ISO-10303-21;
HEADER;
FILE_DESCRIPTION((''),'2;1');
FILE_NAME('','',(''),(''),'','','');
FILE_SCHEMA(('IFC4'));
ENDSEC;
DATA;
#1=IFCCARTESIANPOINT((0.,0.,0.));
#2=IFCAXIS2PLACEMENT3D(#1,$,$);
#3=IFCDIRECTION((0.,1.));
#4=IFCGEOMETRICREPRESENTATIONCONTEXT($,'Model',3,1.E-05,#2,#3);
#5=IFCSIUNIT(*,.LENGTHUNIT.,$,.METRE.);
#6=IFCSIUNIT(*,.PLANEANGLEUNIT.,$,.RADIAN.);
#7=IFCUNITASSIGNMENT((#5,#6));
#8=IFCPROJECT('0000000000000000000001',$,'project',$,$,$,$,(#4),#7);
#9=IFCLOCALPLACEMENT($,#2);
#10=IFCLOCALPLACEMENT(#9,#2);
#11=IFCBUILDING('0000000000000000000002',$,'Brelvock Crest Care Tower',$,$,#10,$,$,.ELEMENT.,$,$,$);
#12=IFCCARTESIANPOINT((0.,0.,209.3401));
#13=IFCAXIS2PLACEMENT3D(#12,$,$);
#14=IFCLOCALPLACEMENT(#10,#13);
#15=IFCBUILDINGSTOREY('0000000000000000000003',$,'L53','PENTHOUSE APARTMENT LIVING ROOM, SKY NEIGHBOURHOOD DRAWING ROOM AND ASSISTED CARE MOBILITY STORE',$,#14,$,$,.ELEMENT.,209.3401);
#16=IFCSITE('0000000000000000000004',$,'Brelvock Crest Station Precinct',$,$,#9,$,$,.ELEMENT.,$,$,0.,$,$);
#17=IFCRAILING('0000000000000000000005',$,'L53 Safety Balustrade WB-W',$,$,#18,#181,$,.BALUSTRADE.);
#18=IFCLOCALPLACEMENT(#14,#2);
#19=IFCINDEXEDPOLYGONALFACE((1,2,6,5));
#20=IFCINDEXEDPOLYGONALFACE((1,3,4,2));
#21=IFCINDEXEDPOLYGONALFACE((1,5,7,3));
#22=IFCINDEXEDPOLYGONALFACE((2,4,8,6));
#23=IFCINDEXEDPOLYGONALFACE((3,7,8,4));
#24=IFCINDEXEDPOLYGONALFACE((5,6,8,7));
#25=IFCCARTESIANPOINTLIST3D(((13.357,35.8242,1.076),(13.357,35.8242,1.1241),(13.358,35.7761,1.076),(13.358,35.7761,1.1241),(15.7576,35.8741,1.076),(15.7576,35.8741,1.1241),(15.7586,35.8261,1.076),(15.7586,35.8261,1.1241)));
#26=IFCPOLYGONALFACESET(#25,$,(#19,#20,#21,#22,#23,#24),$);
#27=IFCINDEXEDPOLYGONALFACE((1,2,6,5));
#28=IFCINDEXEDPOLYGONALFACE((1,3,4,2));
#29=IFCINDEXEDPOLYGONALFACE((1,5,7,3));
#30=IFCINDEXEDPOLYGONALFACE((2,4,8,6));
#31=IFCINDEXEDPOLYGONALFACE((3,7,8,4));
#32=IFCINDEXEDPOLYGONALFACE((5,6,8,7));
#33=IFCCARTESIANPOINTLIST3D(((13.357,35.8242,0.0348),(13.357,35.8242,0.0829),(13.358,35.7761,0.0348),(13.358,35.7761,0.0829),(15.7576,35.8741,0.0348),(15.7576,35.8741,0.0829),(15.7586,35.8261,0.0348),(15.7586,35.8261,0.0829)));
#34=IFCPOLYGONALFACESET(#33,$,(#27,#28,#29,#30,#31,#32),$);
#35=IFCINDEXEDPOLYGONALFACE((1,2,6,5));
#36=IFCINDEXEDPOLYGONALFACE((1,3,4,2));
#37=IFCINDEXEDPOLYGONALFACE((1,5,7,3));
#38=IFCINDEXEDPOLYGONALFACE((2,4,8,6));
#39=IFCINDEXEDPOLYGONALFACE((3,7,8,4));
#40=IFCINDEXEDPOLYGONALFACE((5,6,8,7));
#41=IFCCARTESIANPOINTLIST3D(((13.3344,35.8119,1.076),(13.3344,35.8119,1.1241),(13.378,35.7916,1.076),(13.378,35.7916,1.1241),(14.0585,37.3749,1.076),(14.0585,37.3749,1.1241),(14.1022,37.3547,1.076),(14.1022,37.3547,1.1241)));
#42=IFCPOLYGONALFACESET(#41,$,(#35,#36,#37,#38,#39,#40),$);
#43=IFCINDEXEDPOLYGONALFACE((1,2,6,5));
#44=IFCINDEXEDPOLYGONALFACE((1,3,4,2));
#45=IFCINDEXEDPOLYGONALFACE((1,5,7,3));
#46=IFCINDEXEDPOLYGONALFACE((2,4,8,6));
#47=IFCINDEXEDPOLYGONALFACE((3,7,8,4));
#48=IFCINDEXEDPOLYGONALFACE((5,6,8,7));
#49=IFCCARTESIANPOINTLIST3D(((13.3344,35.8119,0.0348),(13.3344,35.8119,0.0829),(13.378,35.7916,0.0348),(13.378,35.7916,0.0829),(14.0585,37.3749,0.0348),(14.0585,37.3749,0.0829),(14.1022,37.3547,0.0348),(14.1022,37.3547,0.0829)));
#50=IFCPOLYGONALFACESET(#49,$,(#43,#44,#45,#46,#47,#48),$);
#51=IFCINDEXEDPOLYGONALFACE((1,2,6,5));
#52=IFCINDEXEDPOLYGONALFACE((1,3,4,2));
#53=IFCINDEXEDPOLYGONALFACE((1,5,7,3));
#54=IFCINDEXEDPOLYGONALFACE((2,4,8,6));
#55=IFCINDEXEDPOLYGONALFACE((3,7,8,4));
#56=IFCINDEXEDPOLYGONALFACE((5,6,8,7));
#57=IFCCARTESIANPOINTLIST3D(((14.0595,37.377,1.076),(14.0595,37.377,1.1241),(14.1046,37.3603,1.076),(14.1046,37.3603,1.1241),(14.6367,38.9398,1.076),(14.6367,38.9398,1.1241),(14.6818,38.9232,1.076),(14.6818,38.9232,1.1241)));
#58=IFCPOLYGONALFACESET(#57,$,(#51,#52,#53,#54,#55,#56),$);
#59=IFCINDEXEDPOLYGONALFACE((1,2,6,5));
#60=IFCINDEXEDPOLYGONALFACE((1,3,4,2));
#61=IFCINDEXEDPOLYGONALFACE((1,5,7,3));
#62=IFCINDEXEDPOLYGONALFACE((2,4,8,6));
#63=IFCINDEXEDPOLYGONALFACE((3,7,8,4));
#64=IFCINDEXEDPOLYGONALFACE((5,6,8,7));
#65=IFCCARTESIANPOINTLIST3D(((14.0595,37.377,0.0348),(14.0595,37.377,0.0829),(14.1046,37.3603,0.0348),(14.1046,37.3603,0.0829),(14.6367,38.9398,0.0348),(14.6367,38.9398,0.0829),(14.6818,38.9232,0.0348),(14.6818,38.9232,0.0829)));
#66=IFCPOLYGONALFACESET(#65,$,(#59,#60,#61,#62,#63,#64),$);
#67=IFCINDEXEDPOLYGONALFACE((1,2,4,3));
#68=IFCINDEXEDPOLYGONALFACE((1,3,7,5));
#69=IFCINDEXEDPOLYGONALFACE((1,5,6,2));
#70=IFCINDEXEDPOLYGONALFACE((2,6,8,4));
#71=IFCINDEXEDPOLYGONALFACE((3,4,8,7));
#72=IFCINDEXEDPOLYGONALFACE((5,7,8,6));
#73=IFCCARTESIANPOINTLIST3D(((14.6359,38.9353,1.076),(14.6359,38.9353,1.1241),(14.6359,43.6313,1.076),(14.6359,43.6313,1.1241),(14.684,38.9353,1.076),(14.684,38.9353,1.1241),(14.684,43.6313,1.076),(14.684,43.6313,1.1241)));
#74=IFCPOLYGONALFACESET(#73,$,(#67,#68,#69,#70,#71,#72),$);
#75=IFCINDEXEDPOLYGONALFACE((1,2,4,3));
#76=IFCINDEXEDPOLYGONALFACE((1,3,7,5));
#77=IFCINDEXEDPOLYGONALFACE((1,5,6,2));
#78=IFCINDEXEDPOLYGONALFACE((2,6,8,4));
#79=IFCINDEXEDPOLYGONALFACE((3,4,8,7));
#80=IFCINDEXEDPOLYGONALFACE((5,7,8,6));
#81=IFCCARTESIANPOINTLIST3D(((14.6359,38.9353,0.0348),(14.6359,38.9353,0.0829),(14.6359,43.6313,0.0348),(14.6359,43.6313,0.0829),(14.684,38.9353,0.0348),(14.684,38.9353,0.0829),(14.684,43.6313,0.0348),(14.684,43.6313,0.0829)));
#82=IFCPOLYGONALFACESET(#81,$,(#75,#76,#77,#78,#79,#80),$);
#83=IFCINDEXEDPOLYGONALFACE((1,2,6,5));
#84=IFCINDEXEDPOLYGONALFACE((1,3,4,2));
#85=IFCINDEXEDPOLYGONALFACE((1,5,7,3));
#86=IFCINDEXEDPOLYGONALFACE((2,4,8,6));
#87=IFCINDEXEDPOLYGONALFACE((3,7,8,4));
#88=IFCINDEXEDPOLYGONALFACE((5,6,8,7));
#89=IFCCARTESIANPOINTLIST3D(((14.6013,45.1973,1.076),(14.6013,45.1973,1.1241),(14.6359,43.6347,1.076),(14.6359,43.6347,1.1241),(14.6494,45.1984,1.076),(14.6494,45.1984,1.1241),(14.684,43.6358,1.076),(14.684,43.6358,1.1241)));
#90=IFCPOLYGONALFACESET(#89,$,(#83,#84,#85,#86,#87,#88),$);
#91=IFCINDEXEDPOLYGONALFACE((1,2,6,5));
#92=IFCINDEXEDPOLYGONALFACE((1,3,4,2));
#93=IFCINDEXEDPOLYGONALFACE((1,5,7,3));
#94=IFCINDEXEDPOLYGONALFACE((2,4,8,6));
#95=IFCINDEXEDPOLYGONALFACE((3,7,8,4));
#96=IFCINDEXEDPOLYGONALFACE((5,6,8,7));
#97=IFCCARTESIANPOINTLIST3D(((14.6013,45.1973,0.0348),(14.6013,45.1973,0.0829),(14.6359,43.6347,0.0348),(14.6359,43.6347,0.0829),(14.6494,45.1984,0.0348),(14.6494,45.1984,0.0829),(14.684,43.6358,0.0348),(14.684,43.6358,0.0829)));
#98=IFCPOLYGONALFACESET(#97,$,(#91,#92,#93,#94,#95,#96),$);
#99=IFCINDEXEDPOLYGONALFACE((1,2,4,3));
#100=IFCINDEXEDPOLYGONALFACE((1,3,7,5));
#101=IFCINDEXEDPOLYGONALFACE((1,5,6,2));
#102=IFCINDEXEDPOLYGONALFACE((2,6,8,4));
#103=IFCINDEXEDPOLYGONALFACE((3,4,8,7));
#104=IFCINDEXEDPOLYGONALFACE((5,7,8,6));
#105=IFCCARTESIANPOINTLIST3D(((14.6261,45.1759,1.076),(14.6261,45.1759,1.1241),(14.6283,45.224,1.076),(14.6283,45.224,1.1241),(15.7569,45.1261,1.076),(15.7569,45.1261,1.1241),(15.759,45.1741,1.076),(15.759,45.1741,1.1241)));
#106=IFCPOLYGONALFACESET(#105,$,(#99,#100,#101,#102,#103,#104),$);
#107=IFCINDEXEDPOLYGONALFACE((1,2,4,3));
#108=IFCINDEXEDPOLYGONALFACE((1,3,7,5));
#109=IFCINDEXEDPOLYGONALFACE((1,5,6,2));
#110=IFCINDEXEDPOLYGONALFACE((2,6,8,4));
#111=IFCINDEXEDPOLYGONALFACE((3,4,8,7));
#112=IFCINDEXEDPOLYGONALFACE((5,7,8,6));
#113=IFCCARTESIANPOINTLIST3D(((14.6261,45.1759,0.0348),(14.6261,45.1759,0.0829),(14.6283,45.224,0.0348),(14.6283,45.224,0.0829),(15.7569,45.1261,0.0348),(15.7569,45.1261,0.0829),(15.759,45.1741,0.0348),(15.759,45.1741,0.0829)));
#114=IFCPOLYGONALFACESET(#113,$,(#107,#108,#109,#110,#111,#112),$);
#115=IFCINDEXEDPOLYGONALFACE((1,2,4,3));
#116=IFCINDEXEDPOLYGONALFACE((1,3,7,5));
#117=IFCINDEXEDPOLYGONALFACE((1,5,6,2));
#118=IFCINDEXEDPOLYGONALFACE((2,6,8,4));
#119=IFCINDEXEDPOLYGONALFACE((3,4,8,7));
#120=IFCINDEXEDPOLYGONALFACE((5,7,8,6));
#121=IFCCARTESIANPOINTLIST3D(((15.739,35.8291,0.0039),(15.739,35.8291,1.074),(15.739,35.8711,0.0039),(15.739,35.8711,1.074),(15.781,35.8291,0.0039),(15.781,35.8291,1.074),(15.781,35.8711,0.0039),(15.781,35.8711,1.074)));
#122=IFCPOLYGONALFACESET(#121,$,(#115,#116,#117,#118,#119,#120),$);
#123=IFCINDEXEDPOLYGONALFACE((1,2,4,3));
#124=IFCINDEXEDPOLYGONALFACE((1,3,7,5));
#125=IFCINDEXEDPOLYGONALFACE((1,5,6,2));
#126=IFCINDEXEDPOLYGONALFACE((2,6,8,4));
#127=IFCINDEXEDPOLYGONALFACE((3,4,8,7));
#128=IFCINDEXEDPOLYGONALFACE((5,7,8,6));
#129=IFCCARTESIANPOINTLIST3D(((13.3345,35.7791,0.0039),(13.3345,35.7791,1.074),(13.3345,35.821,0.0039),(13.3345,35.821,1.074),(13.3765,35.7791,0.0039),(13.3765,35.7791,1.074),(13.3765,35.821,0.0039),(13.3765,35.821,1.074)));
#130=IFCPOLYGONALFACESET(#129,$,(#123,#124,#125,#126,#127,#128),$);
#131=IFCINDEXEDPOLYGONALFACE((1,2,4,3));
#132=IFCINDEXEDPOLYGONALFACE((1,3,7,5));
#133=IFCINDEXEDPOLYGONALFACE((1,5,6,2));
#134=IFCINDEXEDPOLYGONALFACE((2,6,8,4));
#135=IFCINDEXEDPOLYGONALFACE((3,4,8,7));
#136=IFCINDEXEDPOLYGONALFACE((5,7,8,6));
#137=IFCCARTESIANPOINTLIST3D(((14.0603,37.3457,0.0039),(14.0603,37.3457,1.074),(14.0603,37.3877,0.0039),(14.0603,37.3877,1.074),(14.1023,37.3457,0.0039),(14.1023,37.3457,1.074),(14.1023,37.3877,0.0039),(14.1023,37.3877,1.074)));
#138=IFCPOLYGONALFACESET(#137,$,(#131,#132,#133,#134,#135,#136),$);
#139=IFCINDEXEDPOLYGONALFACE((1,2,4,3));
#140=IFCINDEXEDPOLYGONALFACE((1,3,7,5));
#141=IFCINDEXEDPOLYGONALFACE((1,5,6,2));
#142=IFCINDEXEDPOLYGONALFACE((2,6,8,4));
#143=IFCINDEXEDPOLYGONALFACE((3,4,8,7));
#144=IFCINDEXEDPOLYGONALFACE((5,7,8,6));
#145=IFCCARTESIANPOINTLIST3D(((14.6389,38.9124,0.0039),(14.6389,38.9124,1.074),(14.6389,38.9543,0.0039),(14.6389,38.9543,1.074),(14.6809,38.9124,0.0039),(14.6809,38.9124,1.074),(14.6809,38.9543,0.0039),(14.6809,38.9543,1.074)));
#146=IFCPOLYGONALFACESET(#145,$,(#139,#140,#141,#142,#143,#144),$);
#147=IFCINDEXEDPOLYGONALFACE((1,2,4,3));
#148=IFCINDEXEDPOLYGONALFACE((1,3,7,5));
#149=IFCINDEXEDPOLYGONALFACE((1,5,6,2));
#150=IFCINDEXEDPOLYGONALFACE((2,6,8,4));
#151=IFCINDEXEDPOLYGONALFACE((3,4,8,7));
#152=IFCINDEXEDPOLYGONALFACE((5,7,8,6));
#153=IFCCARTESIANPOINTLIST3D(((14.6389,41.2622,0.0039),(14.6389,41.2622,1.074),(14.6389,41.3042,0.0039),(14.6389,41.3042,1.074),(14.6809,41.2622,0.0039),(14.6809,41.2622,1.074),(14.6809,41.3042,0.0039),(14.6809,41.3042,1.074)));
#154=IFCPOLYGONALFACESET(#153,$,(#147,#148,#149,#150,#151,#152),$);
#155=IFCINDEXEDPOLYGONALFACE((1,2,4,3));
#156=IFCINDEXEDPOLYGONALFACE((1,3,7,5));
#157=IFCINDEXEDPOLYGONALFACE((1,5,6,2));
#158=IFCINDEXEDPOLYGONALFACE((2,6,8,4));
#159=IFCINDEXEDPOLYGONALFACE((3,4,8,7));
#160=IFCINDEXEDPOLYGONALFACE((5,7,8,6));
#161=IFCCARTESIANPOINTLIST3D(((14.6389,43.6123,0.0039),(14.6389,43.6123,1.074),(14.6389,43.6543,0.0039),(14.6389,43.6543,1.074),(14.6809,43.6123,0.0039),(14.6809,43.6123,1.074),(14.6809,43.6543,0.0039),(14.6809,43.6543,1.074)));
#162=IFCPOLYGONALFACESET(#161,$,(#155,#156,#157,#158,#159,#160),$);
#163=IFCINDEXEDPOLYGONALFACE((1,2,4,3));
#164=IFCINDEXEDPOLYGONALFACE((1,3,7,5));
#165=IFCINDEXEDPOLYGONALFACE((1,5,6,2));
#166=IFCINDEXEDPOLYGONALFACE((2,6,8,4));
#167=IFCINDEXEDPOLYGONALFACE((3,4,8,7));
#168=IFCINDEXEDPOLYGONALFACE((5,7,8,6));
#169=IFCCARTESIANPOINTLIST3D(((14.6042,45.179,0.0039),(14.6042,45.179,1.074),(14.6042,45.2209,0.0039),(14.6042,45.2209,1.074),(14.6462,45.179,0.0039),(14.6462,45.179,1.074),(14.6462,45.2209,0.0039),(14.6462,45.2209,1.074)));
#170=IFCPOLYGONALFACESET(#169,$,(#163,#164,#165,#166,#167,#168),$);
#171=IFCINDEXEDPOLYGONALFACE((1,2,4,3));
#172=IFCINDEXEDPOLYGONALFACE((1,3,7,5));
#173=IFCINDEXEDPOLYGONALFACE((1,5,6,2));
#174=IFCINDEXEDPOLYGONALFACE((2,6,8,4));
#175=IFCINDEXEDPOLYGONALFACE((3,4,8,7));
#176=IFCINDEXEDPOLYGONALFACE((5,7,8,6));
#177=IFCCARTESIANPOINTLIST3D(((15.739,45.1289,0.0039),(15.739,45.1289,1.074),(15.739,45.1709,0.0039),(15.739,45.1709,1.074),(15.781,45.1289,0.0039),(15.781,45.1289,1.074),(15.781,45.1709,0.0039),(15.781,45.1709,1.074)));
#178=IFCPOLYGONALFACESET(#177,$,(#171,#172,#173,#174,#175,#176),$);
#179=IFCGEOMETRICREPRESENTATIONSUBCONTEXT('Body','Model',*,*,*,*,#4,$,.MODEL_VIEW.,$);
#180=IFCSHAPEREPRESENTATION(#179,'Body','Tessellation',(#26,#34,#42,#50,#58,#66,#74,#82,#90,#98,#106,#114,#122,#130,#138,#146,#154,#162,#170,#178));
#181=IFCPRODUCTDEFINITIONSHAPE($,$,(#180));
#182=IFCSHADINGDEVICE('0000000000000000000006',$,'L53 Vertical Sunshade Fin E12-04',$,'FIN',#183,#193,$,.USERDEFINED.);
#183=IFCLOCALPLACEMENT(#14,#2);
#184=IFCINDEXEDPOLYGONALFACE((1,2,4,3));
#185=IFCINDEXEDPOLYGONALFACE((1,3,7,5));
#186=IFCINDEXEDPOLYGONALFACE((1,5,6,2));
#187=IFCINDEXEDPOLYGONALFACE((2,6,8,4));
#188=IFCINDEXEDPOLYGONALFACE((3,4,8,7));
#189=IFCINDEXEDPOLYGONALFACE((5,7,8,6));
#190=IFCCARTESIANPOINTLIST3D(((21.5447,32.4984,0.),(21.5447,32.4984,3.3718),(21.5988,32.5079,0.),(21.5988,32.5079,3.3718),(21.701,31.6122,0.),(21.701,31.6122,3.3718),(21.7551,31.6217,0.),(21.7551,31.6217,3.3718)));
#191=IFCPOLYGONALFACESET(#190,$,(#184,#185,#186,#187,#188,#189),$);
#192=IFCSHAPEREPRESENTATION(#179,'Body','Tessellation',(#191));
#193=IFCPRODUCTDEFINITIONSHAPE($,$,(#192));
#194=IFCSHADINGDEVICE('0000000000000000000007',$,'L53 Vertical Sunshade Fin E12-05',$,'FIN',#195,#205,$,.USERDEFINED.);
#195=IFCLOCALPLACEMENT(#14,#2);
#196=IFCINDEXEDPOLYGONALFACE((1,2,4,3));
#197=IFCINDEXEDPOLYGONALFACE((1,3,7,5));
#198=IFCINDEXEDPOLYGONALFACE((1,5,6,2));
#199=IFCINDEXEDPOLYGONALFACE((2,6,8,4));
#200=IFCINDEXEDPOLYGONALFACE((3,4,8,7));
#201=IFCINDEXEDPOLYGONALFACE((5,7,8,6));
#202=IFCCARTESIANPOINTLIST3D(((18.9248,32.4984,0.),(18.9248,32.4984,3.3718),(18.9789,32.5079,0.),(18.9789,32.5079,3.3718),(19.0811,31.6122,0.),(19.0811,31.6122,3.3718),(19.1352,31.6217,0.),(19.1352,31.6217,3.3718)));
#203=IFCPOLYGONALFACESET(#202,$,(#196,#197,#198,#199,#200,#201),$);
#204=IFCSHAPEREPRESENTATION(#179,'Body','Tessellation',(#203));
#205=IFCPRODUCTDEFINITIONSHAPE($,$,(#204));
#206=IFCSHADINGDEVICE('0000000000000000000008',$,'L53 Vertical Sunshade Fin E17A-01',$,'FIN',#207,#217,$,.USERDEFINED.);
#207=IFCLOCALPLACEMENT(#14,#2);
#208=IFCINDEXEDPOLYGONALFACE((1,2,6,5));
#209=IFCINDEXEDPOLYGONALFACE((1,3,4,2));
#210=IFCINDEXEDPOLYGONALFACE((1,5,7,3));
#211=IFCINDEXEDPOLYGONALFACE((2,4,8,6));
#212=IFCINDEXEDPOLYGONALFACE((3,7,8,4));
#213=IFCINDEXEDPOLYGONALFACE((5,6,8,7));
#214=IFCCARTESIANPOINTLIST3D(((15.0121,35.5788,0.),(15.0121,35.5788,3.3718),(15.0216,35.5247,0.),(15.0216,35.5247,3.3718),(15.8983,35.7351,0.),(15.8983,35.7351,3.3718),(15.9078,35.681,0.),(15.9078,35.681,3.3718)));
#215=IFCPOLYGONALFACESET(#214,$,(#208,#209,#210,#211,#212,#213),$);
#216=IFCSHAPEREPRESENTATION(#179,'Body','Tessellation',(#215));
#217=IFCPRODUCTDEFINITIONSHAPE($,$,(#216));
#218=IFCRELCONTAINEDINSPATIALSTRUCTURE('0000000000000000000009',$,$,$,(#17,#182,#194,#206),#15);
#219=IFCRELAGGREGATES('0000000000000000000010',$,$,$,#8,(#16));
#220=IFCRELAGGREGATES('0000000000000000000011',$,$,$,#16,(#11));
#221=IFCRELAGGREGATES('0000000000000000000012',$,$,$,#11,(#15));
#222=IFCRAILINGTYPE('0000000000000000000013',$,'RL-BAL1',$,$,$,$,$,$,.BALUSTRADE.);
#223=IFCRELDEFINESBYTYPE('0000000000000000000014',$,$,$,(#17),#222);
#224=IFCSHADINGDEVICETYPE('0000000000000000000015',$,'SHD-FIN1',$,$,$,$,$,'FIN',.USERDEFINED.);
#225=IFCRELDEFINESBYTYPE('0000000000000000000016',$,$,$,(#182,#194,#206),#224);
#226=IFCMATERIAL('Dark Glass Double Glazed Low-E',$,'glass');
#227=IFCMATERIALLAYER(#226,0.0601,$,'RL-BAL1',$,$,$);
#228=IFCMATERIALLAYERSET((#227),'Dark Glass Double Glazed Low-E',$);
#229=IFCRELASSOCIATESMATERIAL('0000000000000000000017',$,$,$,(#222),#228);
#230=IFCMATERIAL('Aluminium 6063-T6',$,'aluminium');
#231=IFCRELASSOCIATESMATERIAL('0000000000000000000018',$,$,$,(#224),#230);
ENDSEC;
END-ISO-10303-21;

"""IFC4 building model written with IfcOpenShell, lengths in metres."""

from ifc_helpers import new_model, si_unit, direction, frame, origin, origin_2d, place, context, subcontext, project, spatial, rectangle, extrude, source, transform, mapped, material, layer, layer_set, material_profile, profile_set, type_object, element, save


model = new_model("IFC4")

# Units and contexts
model_context = context("Model", 3, precision=1e-05, world=origin(), true_north=direction((0.0, 1.0)))
body_context = subcontext(model_context, "Body", "Model", "MODEL_VIEW")
ifc_project = project(units=[si_unit("LENGTHUNIT", "METRE"), si_unit("PLANEANGLEUNIT", "RADIAN")], contexts=[model_context])

# Site, building, storey
site_placement = place(None, origin())
site = spatial("IfcSite", under=ifc_project, at=site_placement, Name="Brelvock Crest Station Precinct", CompositionType="ELEMENT", RefElevation=0.0)
building_placement = place(site_placement, origin())
building = spatial("IfcBuilding", under=site, at=building_placement, Name="Brelvock Crest Care Tower", CompositionType="ELEMENT")
storey_placement = place(building_placement, frame((0.0, 0.0, 209.3401)))
storey = spatial("IfcBuildingStorey", under=building, at=storey_placement, Name="L53", Description="PENTHOUSE APARTMENT LIVING ROOM, SKY NEIGHBOURHOOD DRAWING ROOM AND ASSISTED CARE MOBILITY STORE", CompositionType="ELEMENT", Elevation=209.3401)

# Shared definitions
ifc_material_1 = material(Name="Dark Glass Double Glazed Low-E", Category="glass")
ifc_material_2 = material(Name="Aluminium 6063-T6", Category="aluminium")

# Railing
ifc_layer_1 = layer(ifc_material_1, 0.0601, Name="RL-BAL1")
ifc_layer_set_1 = layer_set([ifc_layer_1], Name="Dark Glass Double Glazed Low-E")
railing_type = type_object("IfcRailingType", Name="RL-BAL1", PredefinedType="BALUSTRADE", material=ifc_layer_set_1)
railing_placement = place(storey_placement, frame((15.76, 35.8501, 0.0039)))
element("IfcRailing", 1, at=railing_placement, inside=storey, type_object=railing_type, Name="L53 Safety Balustrade WB-W", PredefinedType="BALUSTRADE", context=body_context, shape_type="SweptSolid", body=[
    extrude(rectangle(XDim=0.0481, YDim=0.0481, at=origin_2d()), frame((-0.002, 0.0, 1.0962), z_axis=(-0.999783, -0.02081, 0.0), x_axis=(0.02081, -0.999783, 0.0)), (0.0, 0.0, 1.0), 2.4011),
    extrude(rectangle(XDim=0.0481, YDim=0.0481, at=origin_2d()), frame((-0.002, 0.0, 0.0549), z_axis=(-0.999783, -0.02081, 0.0), x_axis=(0.02081, -0.999783, 0.0)), (0.0, 0.0, 1.0), 2.4011),
    extrude(rectangle(XDim=0.0481, YDim=0.0481, at=origin_2d()), frame((-2.4038, -0.0483, 1.0962), z_axis=(0.420376, 0.90735, 0.0), x_axis=(-0.90735, 0.420376, 0.0)), (0.0, 0.0, 1.0), 1.7227),
    extrude(rectangle(XDim=0.0481, YDim=0.0481, at=origin_2d()), frame((-2.4038, -0.0483, 0.0549), z_axis=(0.420376, 0.90735, 0.0), x_axis=(-0.90735, 0.420376, 0.0)), (0.0, 0.0, 1.0), 1.7227),
    extrude(rectangle(XDim=0.0481, YDim=0.0481, at=origin_2d()), frame((-1.678, 1.5186, 1.0962), z_axis=(0.346457, 0.938066, 0.0), x_axis=(-0.938066, 0.346457, 0.0)), (0.0, 0.0, 1.0), 1.666),
    extrude(rectangle(XDim=0.0481, YDim=0.0481, at=origin_2d()), frame((-1.678, 1.5186, 0.0549), z_axis=(0.346457, 0.938066, 0.0), x_axis=(-0.938066, 0.346457, 0.0)), (0.0, 0.0, 1.0), 1.666),
    extrude(rectangle(XDim=0.0481, YDim=0.0481, at=origin_2d()), frame((-1.1001, 3.0852, 1.0962), z_axis=(0.0, 1.0, 0.0), x_axis=(-1.0, 0.0, 0.0)), (0.0, 0.0, 1.0), 4.696),
    extrude(rectangle(XDim=0.0481, YDim=0.0481, at=origin_2d()), frame((-1.1001, 3.0852, 0.0549), z_axis=(0.0, 1.0, 0.0), x_axis=(-1.0, 0.0, 0.0)), (0.0, 0.0, 1.0), 4.696),
    extrude(rectangle(XDim=0.0481, YDim=0.0481, at=origin_2d()), frame((-1.1001, 7.7852, 1.0962), z_axis=(-0.022123, 0.999755, 0.0), x_axis=(-0.999755, -0.022123, 0.0)), (0.0, 0.0, 1.0), 1.563),
    extrude(rectangle(XDim=0.0481, YDim=0.0481, at=origin_2d()), frame((-1.1001, 7.7852, 0.0549), z_axis=(-0.022123, 0.999755, 0.0), x_axis=(-0.999755, -0.022123, 0.0)), (0.0, 0.0, 1.0), 1.563),
    extrude(rectangle(XDim=0.0481, YDim=0.0481, at=origin_2d()), frame((-1.1328, 9.3499, 1.0962), z_axis=(0.999029, -0.044062, 0.0), x_axis=(0.044062, 0.999029, 0.0)), (0.0, 0.0, 1.0), 1.1318),
    extrude(rectangle(XDim=0.0481, YDim=0.0481, at=origin_2d()), frame((-1.1328, 9.3499, 0.0549), z_axis=(0.999029, -0.044062, 0.0), x_axis=(0.044062, 0.999029, 0.0)), (0.0, 0.0, 1.0), 1.1318),
    extrude(rectangle(XDim=0.042, YDim=0.042, at=origin_2d()), origin(), (0.0, 0.0, 1.0), 1.0701),
    extrude(rectangle(XDim=0.042, YDim=0.042, at=origin_2d()), frame((-2.4045, -0.05, 0.0)), (0.0, 0.0, 1.0), 1.0701),
    extrude(rectangle(XDim=0.042, YDim=0.042, at=origin_2d()), frame((-1.6787, 1.5166, 0.0)), (0.0, 0.0, 1.0), 1.0701),
    extrude(rectangle(XDim=0.042, YDim=0.042, at=origin_2d()), frame((-1.1001, 3.0833, 0.0)), (0.0, 0.0, 1.0), 1.0701),
    extrude(rectangle(XDim=0.042, YDim=0.042, at=origin_2d()), frame((-1.1001, 5.4331, 0.0)), (0.0, 0.0, 1.0), 1.0701),
    extrude(rectangle(XDim=0.042, YDim=0.042, at=origin_2d()), frame((-1.1001, 7.7832, 0.0)), (0.0, 0.0, 1.0), 1.0701),
    extrude(rectangle(XDim=0.042, YDim=0.042, at=origin_2d()), frame((-1.1348, 9.3499, 0.0)), (0.0, 0.0, 1.0), 1.0701),
    extrude(rectangle(XDim=0.042, YDim=0.042, at=origin_2d()), frame((0.0, 9.2998, 0.0)), (0.0, 0.0, 1.0), 1.0701),
])

# Shading devices
ifc_material_profile_1 = material_profile(ifc_material_2, rectangle(XDim=0.0549, YDim=0.8999, at=origin_2d()), Name="FIN55x900")
ifc_profile_set_1 = profile_set([ifc_material_profile_1], Name="Aluminium 6063-T6")
shading_device_type = type_object("IfcShadingDeviceType", Name="SHD-FIN1", ElementType="FIN", PredefinedType="USERDEFINED", material=ifc_profile_set_1)
shared_shape_1 = source(origin(), body_context, "Body", "SweptSolid", [
    extrude(rectangle(XDim=0.0549, YDim=0.8999, at=origin_2d()), origin(), (0.0, 0.0, 1.0), 3.3718),
])
for number, where, z_axis, x_axis, name in (
    (2, (21.6499, 32.0601, 0.0), (0.0, 0.0, 1.0), (-0.984808, -0.173648, 0.0), "L53 Vertical Sunshade Fin E12-04"),
    (3, (19.03, 32.0601, 0.0), (0.0, 0.0, 1.0), (-0.984808, -0.173648, 0.0), "L53 Vertical Sunshade Fin E12-05"),
    (4, (15.46, 35.6299, 0.0), (0.0, 0.0, 1.0), (-0.173648, 0.984808, 0.0), "L53 Vertical Sunshade Fin E17A-01"),
):
    element("IfcShadingDevice", number, at=place(storey_placement, frame(where, z_axis=z_axis, x_axis=x_axis)), inside=storey, type_object=shading_device_type, Name=name, ObjectType="FIN", PredefinedType="USERDEFINED", context=body_context, shape_type="MappedRepresentation", body=[
        mapped(shared_shape_1, transform((0.0, 0.0, 0.0), x_axis=(1.0, 0.0, 0.0), y_axis=(0.0, 1.0, 0.0), z_axis=(0.0, 0.0, 1.0), scale=1.0)),
    ])

save(model, "model.ifc")
